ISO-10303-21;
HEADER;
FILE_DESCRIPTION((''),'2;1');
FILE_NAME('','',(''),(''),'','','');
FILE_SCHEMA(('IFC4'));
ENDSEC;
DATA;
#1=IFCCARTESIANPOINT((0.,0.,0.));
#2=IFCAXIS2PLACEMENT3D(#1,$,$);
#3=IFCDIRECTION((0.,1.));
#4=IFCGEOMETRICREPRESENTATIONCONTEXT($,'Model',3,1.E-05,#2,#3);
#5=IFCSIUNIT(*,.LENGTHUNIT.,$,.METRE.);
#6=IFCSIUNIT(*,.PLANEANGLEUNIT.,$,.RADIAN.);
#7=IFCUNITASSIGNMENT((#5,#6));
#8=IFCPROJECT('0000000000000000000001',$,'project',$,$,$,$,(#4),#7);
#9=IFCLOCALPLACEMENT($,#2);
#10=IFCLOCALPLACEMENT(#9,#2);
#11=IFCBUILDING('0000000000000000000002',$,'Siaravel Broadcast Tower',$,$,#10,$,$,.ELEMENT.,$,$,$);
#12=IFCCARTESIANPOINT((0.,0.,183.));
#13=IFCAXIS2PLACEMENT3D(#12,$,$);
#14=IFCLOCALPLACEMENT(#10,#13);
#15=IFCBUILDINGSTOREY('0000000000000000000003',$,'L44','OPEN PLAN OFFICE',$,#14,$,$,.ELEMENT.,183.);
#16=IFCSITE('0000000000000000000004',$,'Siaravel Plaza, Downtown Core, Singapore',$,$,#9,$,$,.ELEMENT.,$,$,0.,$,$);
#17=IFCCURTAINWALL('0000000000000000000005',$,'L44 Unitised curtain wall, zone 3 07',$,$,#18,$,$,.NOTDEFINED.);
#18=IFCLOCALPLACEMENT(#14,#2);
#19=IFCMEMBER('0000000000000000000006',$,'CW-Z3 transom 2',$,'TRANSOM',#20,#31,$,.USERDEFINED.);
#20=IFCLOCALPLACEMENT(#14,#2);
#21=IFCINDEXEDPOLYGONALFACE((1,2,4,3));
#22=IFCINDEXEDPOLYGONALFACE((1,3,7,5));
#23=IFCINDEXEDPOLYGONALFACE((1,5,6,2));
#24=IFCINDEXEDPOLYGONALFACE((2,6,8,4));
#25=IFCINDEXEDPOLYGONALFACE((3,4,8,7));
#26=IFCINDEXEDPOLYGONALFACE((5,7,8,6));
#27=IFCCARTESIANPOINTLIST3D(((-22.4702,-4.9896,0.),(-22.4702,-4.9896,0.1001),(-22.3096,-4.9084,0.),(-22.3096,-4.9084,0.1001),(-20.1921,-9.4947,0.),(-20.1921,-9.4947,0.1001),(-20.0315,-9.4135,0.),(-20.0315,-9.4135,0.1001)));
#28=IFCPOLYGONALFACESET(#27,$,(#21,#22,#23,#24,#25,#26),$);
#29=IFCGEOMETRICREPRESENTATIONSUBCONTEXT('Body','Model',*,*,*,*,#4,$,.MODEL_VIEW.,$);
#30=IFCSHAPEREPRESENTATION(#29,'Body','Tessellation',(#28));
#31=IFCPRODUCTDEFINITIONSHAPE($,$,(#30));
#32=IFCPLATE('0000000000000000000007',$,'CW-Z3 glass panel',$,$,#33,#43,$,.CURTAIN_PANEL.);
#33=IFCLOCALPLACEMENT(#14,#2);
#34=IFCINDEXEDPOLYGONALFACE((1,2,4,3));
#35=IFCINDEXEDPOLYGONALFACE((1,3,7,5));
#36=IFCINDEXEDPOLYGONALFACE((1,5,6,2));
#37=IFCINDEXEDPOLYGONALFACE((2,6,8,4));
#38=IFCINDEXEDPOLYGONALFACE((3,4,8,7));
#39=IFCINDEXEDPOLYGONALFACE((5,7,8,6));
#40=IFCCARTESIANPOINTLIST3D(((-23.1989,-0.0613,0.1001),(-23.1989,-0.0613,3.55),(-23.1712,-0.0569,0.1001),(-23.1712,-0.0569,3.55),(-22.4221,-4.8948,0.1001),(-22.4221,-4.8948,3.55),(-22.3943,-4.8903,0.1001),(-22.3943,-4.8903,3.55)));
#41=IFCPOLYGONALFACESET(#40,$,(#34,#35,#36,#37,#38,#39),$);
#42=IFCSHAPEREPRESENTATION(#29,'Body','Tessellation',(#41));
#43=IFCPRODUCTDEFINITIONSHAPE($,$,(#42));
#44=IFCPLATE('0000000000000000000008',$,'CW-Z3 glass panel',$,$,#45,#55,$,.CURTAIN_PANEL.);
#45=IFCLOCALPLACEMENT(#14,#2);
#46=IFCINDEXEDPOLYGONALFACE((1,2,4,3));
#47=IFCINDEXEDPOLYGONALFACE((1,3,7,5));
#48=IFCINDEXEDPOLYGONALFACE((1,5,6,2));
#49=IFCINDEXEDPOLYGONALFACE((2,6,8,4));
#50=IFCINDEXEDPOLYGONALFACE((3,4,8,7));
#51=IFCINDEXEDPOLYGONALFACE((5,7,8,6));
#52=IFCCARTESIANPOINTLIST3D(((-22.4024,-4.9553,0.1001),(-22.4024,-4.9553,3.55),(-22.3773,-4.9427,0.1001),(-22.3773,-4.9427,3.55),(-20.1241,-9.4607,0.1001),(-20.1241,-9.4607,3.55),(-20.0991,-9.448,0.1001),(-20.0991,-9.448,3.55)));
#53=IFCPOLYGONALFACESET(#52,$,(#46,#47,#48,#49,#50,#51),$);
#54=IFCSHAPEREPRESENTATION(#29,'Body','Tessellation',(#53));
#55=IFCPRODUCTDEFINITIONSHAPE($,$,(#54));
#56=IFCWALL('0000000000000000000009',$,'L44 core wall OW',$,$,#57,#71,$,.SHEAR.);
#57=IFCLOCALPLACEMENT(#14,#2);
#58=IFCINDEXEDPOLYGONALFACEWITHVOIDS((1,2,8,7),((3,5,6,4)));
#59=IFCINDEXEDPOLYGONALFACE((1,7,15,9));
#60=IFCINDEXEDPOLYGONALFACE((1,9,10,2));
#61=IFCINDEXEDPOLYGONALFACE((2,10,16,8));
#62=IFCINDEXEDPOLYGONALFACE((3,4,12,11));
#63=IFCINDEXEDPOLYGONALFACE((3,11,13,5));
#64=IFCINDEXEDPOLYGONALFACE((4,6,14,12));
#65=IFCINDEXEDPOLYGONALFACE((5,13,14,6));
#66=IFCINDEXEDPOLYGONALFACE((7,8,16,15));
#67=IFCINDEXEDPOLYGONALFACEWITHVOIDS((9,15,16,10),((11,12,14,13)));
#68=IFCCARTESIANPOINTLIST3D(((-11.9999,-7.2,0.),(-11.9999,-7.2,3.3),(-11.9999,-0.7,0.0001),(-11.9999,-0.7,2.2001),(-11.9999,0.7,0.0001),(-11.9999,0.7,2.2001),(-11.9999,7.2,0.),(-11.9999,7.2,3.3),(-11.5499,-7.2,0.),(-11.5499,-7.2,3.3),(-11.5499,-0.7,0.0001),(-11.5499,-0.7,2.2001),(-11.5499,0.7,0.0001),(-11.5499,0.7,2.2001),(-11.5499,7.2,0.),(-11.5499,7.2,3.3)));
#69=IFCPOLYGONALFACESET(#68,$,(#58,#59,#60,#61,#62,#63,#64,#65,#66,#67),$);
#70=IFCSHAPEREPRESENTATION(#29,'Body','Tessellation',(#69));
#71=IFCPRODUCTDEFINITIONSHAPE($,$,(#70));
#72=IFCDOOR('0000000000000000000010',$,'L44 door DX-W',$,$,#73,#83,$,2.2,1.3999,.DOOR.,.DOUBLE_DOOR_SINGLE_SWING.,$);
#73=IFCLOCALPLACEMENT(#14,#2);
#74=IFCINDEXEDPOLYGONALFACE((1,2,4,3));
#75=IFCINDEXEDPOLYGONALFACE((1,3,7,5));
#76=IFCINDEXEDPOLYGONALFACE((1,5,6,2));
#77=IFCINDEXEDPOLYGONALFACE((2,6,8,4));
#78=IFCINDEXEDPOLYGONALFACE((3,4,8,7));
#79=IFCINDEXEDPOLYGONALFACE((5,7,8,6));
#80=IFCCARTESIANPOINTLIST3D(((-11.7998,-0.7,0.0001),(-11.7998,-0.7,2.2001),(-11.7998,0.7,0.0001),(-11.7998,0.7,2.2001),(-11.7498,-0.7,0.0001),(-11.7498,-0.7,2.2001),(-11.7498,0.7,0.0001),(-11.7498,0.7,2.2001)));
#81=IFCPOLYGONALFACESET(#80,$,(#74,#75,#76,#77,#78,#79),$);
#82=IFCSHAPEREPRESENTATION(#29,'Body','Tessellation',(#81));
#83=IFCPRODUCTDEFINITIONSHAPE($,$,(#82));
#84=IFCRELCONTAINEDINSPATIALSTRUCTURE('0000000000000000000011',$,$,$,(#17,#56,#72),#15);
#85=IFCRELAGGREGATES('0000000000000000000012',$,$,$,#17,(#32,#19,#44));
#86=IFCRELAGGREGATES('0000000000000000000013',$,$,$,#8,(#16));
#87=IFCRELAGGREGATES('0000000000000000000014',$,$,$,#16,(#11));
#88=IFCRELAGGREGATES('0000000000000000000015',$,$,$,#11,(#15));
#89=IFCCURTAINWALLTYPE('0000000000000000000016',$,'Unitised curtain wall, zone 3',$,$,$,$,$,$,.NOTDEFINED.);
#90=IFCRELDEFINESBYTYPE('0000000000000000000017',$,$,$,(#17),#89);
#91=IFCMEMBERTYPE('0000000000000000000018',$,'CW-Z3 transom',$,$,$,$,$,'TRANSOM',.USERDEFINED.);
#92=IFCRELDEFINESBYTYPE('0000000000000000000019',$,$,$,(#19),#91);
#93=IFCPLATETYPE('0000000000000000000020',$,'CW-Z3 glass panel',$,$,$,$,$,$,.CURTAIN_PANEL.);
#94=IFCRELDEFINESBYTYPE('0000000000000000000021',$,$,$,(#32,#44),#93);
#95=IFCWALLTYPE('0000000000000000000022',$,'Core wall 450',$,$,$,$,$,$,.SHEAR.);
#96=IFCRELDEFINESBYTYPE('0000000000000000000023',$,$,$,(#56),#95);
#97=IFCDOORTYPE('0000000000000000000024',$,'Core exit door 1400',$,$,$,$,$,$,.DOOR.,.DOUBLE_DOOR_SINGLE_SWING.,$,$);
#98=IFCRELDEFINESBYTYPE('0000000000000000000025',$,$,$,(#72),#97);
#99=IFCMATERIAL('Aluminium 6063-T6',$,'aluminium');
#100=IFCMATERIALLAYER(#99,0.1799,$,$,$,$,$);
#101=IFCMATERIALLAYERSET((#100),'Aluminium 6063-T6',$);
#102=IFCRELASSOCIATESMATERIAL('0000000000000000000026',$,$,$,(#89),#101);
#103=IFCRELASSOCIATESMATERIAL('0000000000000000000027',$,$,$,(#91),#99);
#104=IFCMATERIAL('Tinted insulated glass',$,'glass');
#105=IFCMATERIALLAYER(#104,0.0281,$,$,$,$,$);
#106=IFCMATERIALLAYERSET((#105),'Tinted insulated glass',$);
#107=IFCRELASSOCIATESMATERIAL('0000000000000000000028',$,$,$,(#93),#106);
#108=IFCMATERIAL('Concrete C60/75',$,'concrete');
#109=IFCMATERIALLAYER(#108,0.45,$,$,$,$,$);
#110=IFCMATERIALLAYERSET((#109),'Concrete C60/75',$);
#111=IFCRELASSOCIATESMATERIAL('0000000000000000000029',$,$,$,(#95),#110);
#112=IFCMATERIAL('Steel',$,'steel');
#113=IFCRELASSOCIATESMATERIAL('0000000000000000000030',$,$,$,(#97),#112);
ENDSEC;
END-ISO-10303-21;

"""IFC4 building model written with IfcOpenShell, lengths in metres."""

from ifc_helpers import new_model, si_unit, direction, frame, frame_2d, origin, origin_2d, place, context, subcontext, project, spatial, rectangle, extrude, material, layer, layer_set, material_profile, profile_set, type_object, element, fill, aggregate, save


model = new_model("IFC4")

# Units and contexts
model_context = context("Model", 3, precision=1e-05, world=origin(), true_north=direction((0.0, 1.0)))
body_context = subcontext(model_context, "Body", "Model", "MODEL_VIEW")
ifc_project = project(units=[si_unit("LENGTHUNIT", "METRE"), si_unit("PLANEANGLEUNIT", "RADIAN")], contexts=[model_context])

# Site, building, storey
site_placement = place(None, origin())
site = spatial("IfcSite", under=ifc_project, at=site_placement, Name="Siaravel Plaza, Downtown Core, Singapore", CompositionType="ELEMENT", RefElevation=0.0)
building_placement = place(site_placement, origin())
building = spatial("IfcBuilding", under=site, at=building_placement, Name="Siaravel Broadcast Tower", CompositionType="ELEMENT")
storey_placement = place(building_placement, frame((0.0, 0.0, 183.0)))
storey = spatial("IfcBuildingStorey", under=building, at=storey_placement, Name="L44", Description="OPEN PLAN OFFICE", CompositionType="ELEMENT", Elevation=183.0)

# Shared definitions
ifc_material_1 = material(Name="Concrete C60/75", Category="concrete")

# Curtain wall, member, plates
ifc_material_2 = material(Name="Aluminium 6063-T6", Category="aluminium")
ifc_layer_1 = layer(ifc_material_2, 0.1799)
ifc_layer_set_1 = layer_set([ifc_layer_1], Name="Aluminium 6063-T6")
curtain_wall_type = type_object("IfcCurtainWallType", Name="Unitised curtain wall, zone 3", PredefinedType="NOTDEFINED", material=ifc_layer_set_1)
curtain_wall_placement = place(storey_placement, origin())
curtain_wall = element("IfcCurtainWall", 1, at=curtain_wall_placement, inside=storey, type_object=curtain_wall_type, Name="L44 Unitised curtain wall, zone 3 07", PredefinedType="NOTDEFINED")
ifc_material_profile_1 = material_profile(ifc_material_2, rectangle(XDim=0.1799, YDim=0.1001, at=origin_2d()))
ifc_profile_set_1 = profile_set([ifc_material_profile_1], Name="Aluminium 6063-T6")
member_type_1 = type_object("IfcMemberType", Name="CW-Z3 transom", ElementType="TRANSOM", PredefinedType="USERDEFINED", material=ifc_profile_set_1)
member_1_placement = place(storey_placement, frame((-22.3899, -4.949, 0.05), z_axis=(0.451252, -0.892397, 0.0), x_axis=(0.892397, 0.451252, 0.0)))
member_1 = element("IfcMember", 2, at=member_1_placement, type_object=member_type_1, Name="CW-Z3 transom 2", ObjectType="TRANSOM", PredefinedType="USERDEFINED", context=body_context, shape_type="SweptSolid", body=[
    extrude(rectangle(XDim=0.1799, YDim=0.1001, at=origin_2d()), origin(), (0.0, 0.0, 1.0), 5.0483),
])
ifc_material_3 = material(Name="Tinted insulated glass", Category="glass")
ifc_layer_2 = layer(ifc_material_3, 0.0281)
ifc_layer_set_2 = layer_set([ifc_layer_2], Name="Tinted insulated glass")
plate_type = type_object("IfcPlateType", Name="CW-Z3 glass panel", PredefinedType="CURTAIN_PANEL", material=ifc_layer_set_2)
plate_1_placement = place(storey_placement, frame((-22.7966, -2.4758, 0.1001), z_axis=(0.0, 0.0, 1.0), x_axis=(0.158686, -0.987329, 0.0)))
plate_1 = element("IfcPlate", 3, at=plate_1_placement, type_object=plate_type, Name="CW-Z3 glass panel", PredefinedType="CURTAIN_PANEL", context=body_context, shape_type="SweptSolid", body=[
    extrude(rectangle(XDim=4.8955, YDim=0.0281, at=origin_2d()), origin(), (0.0, 0.0, 1.0), 3.45),
])
plate_2_placement = place(storey_placement, frame((-21.2507, -7.2017, 0.1001), z_axis=(0.0, 0.0, 1.0), x_axis=(0.451261, -0.892392, 0.0)))
plate_2 = element("IfcPlate", 4, at=plate_2_placement, type_object=plate_type, Name="CW-Z3 glass panel", PredefinedType="CURTAIN_PANEL", context=body_context, shape_type="SweptSolid", body=[
    extrude(rectangle(XDim=5.0486, YDim=0.0281, at=origin_2d()), origin(), (0.0, 0.0, 1.0), 3.45),
])
aggregate(curtain_wall, [plate_1, member_1, plate_2])

# Wall, opening, door
ifc_layer_3 = layer(ifc_material_1, 0.45)
ifc_layer_set_3 = layer_set([ifc_layer_3], Name="Concrete C60/75")
wall_type_1 = type_object("IfcWallType", Name="Core wall 450", PredefinedType="SHEAR", material=ifc_layer_set_3)
wall_1_placement = place(storey_placement, frame((-11.7749, -7.2, 0.0), z_axis=(0.0, 0.0, 1.0), x_axis=(0.0, 1.0, 0.0)))
wall_1 = element("IfcWall", 5, at=wall_1_placement, inside=storey, type_object=wall_type_1, Name="L44 core wall OW", PredefinedType="SHEAR", context=body_context, shape_type="SweptSolid", body=[
    extrude(rectangle(XDim=14.3999, YDim=0.45, at=frame_2d((7.2, 0.0))), origin(), (0.0, 0.0, 1.0), 3.3),
])
opening_1_placement = place(wall_1_placement, frame((6.5, 0.0, 0.0)))
opening_1 = element("IfcOpeningElement", 6, at=opening_1_placement, cuts=wall_1, PredefinedType="OPENING", context=body_context, shape_type="SweptSolid", body=[
    extrude(rectangle(XDim=1.3999, YDim=2.2, at=frame_2d((0.7, 1.1001))), frame((0.0, 0.2349, 0.0), z_axis=(0.0, -1.0, 0.0), x_axis=(1.0, 0.0, 0.0)), (0.0, 0.0, 1.0), 0.47),
])
ifc_material_4 = material(Name="Steel", Category="steel")
door_type_1 = type_object("IfcDoorType", Name="Core exit door 1400", OperationType="DOUBLE_DOOR_SINGLE_SWING", PredefinedType="DOOR", material=ifc_material_4)
door_1_placement = place(opening_1_placement, origin())
door_1 = element("IfcDoor", 7, at=door_1_placement, inside=storey, type_object=door_type_1, Name="L44 door DX-W", OperationType="DOUBLE_DOOR_SINGLE_SWING", OverallHeight=2.2, OverallWidth=1.3999, PredefinedType="DOOR", context=body_context, shape_type="SweptSolid", body=[
    extrude(rectangle(XDim=1.3999, YDim=2.2, at=frame_2d((0.7, 1.1001))), frame((0.0, 0.0249, 0.0), z_axis=(0.0, -1.0, 0.0), x_axis=(1.0, 0.0, 0.0)), (0.0, 0.0, 1.0), 0.05),
])
fill(opening_1, door_1)

save(model, "model.ifc")
